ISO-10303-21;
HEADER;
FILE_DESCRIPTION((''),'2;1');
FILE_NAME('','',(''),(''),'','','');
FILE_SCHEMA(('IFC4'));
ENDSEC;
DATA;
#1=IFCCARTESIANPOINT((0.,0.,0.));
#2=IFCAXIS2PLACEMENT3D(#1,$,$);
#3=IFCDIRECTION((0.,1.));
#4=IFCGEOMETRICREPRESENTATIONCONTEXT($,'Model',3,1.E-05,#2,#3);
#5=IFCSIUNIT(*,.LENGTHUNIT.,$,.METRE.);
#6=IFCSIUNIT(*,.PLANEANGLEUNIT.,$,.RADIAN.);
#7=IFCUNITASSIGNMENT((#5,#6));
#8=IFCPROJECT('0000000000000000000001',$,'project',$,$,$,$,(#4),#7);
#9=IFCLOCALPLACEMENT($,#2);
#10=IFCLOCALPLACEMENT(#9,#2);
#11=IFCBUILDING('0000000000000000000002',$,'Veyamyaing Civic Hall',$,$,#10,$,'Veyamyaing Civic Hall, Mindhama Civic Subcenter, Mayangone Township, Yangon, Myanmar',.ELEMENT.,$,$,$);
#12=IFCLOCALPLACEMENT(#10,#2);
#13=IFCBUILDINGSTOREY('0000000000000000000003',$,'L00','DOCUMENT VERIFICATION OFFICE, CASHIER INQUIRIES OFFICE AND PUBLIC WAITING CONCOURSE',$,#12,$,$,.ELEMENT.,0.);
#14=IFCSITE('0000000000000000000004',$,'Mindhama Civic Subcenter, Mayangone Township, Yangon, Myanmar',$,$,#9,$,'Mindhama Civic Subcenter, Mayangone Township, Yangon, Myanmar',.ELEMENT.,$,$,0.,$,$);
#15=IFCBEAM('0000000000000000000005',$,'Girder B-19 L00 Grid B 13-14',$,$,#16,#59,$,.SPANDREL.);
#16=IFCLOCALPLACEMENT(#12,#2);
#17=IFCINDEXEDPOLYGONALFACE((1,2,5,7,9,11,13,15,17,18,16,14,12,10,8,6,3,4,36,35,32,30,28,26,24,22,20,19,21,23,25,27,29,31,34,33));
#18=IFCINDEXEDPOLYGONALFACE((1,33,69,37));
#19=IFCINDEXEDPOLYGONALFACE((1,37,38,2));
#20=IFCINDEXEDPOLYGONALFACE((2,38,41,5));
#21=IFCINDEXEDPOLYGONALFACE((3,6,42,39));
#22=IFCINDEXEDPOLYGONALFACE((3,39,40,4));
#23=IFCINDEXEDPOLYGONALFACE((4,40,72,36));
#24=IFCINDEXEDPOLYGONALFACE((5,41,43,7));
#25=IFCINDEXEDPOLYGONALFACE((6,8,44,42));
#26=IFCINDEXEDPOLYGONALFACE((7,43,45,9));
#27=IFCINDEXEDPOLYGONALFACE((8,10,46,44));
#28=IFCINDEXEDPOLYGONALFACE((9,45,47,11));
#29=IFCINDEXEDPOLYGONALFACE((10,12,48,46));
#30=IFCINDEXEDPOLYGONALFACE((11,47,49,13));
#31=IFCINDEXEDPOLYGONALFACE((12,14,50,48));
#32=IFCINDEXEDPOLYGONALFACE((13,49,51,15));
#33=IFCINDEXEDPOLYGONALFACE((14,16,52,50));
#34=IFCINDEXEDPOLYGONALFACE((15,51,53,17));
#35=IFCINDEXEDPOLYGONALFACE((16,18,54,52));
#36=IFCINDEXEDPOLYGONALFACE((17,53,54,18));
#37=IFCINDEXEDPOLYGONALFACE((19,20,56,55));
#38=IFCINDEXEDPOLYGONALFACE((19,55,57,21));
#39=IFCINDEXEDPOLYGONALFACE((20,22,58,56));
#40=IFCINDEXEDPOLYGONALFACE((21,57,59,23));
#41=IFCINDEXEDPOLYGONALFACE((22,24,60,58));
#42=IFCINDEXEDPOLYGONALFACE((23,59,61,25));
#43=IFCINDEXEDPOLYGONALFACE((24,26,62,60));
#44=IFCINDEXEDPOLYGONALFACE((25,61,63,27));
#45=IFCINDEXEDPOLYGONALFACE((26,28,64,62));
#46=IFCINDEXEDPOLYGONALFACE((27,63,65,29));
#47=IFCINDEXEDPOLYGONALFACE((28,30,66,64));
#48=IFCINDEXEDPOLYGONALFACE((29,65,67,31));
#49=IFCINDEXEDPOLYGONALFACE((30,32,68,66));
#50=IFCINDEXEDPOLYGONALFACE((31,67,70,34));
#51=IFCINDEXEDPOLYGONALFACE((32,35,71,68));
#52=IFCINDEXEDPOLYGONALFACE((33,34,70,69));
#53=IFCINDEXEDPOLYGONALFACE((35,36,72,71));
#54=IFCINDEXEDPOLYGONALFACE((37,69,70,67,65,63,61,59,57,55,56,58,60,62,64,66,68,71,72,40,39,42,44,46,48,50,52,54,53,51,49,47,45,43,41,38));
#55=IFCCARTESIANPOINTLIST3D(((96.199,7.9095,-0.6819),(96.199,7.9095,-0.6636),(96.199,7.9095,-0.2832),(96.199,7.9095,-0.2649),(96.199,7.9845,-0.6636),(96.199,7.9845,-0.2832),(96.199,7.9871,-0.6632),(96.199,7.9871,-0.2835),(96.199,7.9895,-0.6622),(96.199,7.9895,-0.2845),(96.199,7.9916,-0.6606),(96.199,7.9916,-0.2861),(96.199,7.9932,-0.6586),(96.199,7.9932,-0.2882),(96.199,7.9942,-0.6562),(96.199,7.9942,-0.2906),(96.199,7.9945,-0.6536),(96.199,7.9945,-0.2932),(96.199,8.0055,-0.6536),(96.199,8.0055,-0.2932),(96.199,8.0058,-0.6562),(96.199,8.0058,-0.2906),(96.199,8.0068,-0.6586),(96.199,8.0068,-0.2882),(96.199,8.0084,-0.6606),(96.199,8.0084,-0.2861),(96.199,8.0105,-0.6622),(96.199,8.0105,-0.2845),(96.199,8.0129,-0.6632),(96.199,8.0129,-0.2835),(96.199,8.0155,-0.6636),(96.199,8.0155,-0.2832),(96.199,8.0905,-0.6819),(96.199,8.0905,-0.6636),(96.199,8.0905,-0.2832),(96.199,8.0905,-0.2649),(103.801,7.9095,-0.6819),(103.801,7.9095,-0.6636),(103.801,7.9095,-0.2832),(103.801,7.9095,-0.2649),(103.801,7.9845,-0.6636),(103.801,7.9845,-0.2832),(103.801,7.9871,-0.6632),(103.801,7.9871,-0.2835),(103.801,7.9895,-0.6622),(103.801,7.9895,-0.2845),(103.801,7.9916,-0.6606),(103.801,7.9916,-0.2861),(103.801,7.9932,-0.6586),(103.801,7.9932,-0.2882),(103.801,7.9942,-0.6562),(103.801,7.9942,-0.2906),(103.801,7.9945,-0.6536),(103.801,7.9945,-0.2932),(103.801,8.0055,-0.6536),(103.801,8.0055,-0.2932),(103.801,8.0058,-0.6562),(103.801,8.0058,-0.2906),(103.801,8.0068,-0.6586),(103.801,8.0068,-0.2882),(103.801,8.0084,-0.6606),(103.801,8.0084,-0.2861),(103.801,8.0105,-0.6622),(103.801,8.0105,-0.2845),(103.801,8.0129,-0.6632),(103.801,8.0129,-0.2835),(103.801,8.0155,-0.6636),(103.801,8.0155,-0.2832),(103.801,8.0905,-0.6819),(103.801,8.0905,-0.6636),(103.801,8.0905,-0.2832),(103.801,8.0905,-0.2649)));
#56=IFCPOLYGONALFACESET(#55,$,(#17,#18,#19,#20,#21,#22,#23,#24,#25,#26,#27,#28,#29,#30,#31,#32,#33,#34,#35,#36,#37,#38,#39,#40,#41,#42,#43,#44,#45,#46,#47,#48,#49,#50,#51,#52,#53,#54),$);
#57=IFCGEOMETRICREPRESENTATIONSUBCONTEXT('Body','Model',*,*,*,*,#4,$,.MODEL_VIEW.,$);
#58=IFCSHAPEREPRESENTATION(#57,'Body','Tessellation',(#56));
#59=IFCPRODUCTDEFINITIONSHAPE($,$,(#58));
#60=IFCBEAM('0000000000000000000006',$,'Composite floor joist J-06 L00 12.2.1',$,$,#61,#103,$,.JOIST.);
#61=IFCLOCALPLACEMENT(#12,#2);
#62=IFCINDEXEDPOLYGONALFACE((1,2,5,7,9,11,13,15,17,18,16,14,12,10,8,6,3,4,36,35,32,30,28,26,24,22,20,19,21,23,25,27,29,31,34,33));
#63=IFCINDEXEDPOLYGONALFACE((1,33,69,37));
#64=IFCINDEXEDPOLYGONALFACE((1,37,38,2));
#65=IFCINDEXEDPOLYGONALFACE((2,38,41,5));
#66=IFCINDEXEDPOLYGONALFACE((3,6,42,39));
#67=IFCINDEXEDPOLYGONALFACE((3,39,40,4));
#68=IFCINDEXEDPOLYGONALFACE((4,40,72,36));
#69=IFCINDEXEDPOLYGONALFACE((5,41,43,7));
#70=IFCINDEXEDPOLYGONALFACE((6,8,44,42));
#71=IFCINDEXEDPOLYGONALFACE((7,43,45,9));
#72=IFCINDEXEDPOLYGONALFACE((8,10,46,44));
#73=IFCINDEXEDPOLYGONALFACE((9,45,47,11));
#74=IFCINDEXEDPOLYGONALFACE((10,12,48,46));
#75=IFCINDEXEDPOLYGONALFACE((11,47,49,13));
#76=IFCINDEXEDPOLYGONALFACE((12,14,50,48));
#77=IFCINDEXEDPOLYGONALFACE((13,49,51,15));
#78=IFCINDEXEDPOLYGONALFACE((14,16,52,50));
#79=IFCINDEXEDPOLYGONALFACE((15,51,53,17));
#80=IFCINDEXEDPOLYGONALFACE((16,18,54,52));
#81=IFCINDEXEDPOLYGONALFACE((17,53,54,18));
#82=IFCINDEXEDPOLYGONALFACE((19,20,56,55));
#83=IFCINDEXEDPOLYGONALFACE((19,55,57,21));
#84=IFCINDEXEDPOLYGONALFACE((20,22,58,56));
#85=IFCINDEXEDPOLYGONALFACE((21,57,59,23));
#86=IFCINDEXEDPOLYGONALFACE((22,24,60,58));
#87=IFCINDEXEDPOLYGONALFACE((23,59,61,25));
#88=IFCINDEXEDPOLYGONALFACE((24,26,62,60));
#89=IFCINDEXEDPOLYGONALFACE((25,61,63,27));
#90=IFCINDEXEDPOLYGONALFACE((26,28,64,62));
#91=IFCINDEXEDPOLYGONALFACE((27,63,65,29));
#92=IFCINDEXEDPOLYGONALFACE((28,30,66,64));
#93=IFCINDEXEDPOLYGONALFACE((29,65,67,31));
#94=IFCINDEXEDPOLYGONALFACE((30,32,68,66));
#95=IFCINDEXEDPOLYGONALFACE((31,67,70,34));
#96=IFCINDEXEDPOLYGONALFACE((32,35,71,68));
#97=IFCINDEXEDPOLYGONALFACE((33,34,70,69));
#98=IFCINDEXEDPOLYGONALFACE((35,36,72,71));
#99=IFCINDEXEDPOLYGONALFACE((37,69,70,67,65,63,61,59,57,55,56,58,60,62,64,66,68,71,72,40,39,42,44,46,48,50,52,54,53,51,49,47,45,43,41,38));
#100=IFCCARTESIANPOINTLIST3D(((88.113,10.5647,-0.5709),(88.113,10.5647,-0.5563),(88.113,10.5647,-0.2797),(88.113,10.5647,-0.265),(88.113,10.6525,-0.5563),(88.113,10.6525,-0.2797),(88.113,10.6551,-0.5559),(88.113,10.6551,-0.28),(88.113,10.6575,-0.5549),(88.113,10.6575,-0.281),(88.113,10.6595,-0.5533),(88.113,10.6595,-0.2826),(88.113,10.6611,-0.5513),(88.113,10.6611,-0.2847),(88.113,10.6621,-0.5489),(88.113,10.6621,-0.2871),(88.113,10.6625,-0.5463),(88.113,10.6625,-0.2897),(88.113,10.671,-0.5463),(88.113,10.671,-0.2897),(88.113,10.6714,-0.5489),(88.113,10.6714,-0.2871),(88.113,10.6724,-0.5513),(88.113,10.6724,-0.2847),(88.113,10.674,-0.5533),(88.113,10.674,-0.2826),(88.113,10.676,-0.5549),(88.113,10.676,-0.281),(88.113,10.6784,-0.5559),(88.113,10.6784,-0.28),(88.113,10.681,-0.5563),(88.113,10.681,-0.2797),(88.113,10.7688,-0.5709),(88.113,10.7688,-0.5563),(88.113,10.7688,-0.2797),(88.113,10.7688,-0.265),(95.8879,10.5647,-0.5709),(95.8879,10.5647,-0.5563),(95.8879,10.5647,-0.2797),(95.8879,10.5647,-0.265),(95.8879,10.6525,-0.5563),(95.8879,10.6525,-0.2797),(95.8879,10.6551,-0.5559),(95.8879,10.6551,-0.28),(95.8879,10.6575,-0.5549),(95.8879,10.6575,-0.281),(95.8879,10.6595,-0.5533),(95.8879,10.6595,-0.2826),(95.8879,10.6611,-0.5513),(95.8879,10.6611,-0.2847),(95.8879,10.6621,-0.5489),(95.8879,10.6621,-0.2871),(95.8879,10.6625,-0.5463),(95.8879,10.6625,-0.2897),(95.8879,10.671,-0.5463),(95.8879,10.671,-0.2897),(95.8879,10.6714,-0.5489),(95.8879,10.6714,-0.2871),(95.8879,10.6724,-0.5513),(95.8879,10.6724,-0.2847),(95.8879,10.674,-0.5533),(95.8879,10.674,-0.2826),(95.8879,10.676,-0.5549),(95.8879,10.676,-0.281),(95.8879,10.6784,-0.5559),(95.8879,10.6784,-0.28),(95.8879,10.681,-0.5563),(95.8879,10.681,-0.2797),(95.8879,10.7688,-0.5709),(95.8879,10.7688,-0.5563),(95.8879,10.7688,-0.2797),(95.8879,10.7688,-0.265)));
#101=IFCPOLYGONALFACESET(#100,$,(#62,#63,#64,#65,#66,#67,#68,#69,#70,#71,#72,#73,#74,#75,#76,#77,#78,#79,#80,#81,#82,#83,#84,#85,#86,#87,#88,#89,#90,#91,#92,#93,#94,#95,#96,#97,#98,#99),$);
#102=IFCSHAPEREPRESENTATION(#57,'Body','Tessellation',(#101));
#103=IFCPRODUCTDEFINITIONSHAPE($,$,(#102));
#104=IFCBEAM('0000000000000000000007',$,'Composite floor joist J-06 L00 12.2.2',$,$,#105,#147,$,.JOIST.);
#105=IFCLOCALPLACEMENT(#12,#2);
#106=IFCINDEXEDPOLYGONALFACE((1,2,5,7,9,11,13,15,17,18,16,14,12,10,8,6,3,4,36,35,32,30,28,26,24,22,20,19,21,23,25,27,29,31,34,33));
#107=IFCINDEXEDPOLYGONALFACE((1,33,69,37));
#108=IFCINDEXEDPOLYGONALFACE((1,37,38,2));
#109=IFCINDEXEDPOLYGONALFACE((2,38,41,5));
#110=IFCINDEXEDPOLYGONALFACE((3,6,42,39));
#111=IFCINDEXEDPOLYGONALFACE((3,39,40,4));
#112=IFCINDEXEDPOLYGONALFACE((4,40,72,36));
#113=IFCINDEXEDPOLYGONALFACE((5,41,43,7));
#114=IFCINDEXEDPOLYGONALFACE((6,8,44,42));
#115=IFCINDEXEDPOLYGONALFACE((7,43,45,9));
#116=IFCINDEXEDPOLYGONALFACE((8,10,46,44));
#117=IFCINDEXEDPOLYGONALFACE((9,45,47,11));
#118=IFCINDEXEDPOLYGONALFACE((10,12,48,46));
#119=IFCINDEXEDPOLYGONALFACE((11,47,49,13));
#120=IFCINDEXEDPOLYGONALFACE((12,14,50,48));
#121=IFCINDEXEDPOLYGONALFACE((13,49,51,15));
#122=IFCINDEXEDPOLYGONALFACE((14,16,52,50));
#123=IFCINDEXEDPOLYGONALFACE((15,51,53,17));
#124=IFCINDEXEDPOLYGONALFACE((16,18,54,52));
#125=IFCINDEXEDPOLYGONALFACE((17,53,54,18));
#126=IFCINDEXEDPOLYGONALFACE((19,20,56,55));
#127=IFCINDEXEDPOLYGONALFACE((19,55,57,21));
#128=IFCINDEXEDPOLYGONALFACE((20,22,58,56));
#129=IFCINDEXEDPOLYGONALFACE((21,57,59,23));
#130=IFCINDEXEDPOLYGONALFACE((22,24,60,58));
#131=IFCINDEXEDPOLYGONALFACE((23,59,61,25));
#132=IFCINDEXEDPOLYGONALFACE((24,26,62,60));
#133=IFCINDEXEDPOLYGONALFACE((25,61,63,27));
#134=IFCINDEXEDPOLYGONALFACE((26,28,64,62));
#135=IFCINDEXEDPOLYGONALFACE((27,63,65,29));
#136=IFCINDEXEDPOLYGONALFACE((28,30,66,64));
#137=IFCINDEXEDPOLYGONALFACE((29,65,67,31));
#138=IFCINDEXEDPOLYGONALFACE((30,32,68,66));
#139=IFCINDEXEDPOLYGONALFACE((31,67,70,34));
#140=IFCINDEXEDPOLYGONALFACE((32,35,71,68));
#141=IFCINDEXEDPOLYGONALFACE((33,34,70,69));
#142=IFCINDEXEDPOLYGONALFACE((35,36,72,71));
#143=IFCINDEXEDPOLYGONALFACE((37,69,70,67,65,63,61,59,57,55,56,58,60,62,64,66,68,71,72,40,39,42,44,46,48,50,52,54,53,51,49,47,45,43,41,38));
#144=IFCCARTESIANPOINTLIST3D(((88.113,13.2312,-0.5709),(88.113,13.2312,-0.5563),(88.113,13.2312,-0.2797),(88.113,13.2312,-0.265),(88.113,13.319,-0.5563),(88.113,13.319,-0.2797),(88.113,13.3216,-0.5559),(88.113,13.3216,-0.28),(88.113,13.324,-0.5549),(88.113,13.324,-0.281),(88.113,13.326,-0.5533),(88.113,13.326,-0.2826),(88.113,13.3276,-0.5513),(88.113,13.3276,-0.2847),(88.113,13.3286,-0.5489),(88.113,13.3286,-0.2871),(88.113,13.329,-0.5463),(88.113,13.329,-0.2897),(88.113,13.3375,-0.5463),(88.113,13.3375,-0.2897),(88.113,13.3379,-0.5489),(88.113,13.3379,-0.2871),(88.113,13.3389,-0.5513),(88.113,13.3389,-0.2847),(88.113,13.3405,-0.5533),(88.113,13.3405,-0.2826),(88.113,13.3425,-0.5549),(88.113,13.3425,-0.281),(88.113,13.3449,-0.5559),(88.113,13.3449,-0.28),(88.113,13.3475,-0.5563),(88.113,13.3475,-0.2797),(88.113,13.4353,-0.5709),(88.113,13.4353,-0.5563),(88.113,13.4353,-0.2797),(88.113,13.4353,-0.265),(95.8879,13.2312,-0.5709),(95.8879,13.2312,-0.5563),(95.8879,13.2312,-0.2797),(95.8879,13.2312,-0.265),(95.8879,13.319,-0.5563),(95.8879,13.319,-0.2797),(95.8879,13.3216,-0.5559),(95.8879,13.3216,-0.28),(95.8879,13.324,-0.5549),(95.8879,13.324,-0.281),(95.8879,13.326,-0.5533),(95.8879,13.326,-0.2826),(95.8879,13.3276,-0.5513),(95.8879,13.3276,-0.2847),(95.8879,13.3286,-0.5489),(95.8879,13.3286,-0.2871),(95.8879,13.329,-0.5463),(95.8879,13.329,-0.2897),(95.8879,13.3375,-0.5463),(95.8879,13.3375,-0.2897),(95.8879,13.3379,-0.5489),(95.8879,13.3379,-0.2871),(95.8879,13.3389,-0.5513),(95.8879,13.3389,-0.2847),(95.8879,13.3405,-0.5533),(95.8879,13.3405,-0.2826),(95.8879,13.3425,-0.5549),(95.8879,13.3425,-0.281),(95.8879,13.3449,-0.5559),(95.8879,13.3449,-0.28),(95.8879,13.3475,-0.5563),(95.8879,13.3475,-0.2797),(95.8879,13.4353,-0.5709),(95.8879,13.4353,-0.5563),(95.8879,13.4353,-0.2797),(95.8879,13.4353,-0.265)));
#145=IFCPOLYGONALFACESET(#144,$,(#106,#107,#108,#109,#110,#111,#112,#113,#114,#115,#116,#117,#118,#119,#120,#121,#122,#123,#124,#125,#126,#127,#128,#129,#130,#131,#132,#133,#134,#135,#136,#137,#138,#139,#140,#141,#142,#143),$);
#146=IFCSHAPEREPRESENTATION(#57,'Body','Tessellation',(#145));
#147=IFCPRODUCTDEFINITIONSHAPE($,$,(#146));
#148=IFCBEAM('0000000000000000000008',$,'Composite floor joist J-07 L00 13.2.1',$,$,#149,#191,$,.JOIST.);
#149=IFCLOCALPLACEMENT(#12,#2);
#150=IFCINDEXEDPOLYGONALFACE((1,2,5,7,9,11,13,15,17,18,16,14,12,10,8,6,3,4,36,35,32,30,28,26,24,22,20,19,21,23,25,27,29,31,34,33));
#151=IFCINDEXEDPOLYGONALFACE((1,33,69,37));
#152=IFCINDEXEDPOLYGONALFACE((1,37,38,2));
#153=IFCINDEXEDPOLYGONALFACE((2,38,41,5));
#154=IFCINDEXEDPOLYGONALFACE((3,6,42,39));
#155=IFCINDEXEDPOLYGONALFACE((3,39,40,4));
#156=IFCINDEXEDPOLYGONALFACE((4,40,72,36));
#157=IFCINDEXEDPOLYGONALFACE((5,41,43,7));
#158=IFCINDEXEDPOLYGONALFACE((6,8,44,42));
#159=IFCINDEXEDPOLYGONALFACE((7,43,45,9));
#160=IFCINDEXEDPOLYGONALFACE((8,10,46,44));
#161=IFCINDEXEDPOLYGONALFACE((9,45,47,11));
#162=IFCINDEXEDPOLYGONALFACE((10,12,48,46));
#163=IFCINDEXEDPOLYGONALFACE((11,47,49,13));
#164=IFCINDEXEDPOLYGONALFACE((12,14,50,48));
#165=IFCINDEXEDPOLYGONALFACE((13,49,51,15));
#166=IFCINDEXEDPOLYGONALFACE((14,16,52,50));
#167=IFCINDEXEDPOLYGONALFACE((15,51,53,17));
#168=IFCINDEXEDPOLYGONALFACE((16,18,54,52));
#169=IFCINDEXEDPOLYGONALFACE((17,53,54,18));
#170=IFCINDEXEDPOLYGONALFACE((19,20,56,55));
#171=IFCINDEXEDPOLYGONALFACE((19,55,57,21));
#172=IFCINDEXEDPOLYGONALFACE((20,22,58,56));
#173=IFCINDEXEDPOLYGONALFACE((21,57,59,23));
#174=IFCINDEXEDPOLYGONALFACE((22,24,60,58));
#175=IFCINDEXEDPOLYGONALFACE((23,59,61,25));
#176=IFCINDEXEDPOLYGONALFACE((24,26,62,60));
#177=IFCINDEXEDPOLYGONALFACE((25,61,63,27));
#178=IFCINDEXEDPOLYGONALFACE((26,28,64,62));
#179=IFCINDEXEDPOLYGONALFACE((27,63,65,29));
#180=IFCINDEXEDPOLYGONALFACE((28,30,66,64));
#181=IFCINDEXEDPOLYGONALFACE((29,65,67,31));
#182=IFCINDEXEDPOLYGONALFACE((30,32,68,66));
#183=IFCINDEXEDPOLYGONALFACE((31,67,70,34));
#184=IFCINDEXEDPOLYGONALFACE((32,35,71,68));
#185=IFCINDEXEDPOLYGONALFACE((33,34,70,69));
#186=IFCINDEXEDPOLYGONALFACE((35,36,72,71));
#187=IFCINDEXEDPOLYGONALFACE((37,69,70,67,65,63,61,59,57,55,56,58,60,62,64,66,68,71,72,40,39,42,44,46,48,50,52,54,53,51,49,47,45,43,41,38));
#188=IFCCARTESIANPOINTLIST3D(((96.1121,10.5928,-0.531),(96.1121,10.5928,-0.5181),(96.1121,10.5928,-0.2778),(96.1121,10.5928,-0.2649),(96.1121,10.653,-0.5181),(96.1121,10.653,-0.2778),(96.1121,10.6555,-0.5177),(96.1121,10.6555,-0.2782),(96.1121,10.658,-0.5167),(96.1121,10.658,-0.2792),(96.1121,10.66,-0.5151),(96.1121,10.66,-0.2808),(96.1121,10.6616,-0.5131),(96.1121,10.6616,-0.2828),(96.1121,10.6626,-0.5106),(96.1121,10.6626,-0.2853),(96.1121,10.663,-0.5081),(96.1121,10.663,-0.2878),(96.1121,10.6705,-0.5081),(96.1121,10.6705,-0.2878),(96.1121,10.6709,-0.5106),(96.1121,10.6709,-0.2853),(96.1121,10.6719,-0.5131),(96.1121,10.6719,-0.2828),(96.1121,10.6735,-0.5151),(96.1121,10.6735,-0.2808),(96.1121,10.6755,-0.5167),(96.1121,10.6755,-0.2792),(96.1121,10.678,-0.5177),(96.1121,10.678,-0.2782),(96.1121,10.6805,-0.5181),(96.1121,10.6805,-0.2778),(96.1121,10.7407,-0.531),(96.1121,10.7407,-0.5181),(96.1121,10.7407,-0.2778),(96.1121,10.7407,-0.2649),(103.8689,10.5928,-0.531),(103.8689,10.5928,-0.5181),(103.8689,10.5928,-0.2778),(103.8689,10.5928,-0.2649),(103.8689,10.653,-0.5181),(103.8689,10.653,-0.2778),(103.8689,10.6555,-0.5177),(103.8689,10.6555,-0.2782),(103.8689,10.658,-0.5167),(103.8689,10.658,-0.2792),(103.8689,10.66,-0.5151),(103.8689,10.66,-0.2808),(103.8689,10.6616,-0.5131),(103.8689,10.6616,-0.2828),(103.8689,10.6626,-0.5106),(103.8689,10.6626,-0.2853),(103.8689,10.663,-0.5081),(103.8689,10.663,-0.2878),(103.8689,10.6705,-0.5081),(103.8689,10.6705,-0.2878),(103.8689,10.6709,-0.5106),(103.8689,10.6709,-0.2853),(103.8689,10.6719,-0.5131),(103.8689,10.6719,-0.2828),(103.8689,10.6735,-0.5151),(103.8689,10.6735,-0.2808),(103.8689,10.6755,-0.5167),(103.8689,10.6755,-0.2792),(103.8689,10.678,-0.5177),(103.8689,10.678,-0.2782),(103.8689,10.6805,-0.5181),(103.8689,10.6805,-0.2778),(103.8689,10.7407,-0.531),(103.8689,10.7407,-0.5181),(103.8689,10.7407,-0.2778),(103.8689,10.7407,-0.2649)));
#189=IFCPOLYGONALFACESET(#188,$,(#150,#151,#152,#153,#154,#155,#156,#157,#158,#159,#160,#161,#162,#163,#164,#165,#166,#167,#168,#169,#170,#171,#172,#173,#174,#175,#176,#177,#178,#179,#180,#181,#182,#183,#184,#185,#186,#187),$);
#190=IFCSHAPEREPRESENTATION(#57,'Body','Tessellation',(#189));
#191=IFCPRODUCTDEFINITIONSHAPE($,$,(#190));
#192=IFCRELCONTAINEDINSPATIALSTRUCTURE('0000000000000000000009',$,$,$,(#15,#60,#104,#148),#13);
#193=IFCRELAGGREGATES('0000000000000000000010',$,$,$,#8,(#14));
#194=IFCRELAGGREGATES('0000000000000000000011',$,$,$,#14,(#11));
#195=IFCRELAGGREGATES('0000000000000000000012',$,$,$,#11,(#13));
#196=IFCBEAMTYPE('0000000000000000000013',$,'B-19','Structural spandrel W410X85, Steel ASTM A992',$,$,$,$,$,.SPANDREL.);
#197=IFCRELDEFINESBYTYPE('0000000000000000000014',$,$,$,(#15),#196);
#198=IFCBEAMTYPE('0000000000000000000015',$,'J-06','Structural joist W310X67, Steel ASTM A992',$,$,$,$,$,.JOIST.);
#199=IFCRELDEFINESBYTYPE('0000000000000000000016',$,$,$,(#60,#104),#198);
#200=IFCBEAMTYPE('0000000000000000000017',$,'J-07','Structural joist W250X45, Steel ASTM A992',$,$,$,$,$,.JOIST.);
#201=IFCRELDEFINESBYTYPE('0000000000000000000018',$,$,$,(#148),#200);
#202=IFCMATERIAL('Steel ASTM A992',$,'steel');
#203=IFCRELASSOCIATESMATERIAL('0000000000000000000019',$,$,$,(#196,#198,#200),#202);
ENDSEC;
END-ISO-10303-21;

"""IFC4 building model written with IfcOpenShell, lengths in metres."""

from ifc_helpers import new_model, si_unit, direction, frame, origin, origin_2d, place, context, subcontext, project, spatial, i_section, extrude, material, material_profile, profile_set, type_object, element, save


model = new_model("IFC4")

# Units and contexts
model_context = context("Model", 3, precision=1e-05, world=origin(), true_north=direction((0.0, 1.0)))
body_context = subcontext(model_context, "Body", "Model", "MODEL_VIEW")
ifc_project = project(units=[si_unit("LENGTHUNIT", "METRE"), si_unit("PLANEANGLEUNIT", "RADIAN")], contexts=[model_context])

# Site, building, storey
site_placement = place(None, origin())
site = spatial("IfcSite", under=ifc_project, at=site_placement, Name="Mindhama Civic Subcenter, Mayangone Township, Yangon, Myanmar", LongName="Mindhama Civic Subcenter, Mayangone Township, Yangon, Myanmar", CompositionType="ELEMENT", RefElevation=0.0)
building_placement = place(site_placement, origin())
building = spatial("IfcBuilding", under=site, at=building_placement, Name="Veyamyaing Civic Hall", LongName="Veyamyaing Civic Hall, Mindhama Civic Subcenter, Mayangone Township, Yangon, Myanmar", CompositionType="ELEMENT")
storey_placement = place(building_placement, origin())
storey = spatial("IfcBuildingStorey", under=building, at=storey_placement, Name="L00", Description="DOCUMENT VERIFICATION OFFICE, CASHIER INQUIRIES OFFICE AND PUBLIC WAITING CONCOURSE", CompositionType="ELEMENT", Elevation=0.0)

# Beams
ifc_material_1 = material(Name="Steel ASTM A992", Category="steel")
ifc_material_profile_1 = material_profile(ifc_material_1, i_section(OverallWidth=0.1809, OverallDepth=0.417, WebThickness=0.011, FlangeThickness=0.0183, FilletRadius=0.01, at=origin_2d()), Name="W410X85")
ifc_profile_set_1 = profile_set([ifc_material_profile_1], Name="Steel ASTM A992")
beam_type_1 = type_object("IfcBeamType", Name="B-19", Description="Structural spandrel W410X85, Steel ASTM A992", PredefinedType="SPANDREL", material=ifc_profile_set_1)
beam_1_placement = place(storey_placement, frame((96.199, 8.0, -0.4734), z_axis=(1.0, 0.0, 0.0), x_axis=(0.0, 1.0, 0.0)))
element("IfcBeam", 1, at=beam_1_placement, inside=storey, type_object=beam_type_1, Name="Girder B-19 L00 Grid B 13-14", PredefinedType="SPANDREL", context=body_context, shape_type="SweptSolid", body=[
    extrude(i_section(OverallWidth=0.1809, OverallDepth=0.417, WebThickness=0.011, FlangeThickness=0.0183, FilletRadius=0.01, at=origin_2d()), origin(), (0.0, 0.0, 1.0), 7.6021),
])
ifc_material_profile_2 = material_profile(ifc_material_1, i_section(OverallWidth=0.2041, OverallDepth=0.3059, WebThickness=0.0085, FlangeThickness=0.0146, FilletRadius=0.01, at=origin_2d()), Name="W310X67")
ifc_profile_set_2 = profile_set([ifc_material_profile_2], Name="Steel ASTM A992")
beam_type_2 = type_object("IfcBeamType", Name="J-06", Description="Structural joist W310X67, Steel ASTM A992", PredefinedType="JOIST", material=ifc_profile_set_2)
for number, where, z_axis, x_axis, name in (
    (2, (88.113, 10.6667, -0.418), (1.0, 0.0, 0.0), (0.0, 1.0, 0.0), "Composite floor joist J-06 L00 12.2.1"),
    (3, (88.113, 13.3333, -0.418), (1.0, 0.0, 0.0), (0.0, 1.0, 0.0), "Composite floor joist J-06 L00 12.2.2"),
):
    element("IfcBeam", number, at=place(storey_placement, frame(where, z_axis=z_axis, x_axis=x_axis)), inside=storey, type_object=beam_type_2, Name=name, PredefinedType="JOIST", context=body_context, shape_type="SweptSolid", body=[
        extrude(i_section(OverallWidth=0.2041, OverallDepth=0.3059, WebThickness=0.0085, FlangeThickness=0.0146, FilletRadius=0.01, at=origin_2d()), origin(), (0.0, 0.0, 1.0), 7.7749),
    ])
ifc_material_profile_3 = material_profile(ifc_material_1, i_section(OverallWidth=0.1479, OverallDepth=0.2661, WebThickness=0.0076, FlangeThickness=0.0129, FilletRadius=0.01, at=origin_2d()), Name="W250X45")
ifc_profile_set_3 = profile_set([ifc_material_profile_3], Name="Steel ASTM A992")
beam_type_3 = type_object("IfcBeamType", Name="J-07", Description="Structural joist W250X45, Steel ASTM A992", PredefinedType="JOIST", material=ifc_profile_set_3)
for number, where, z_axis, x_axis, name in (
    (4, (96.1121, 10.6667, -0.3979), (1.0, 0.0, 0.0), (0.0, 1.0, 0.0), "Composite floor joist J-07 L00 13.2.1"),
):
    element("IfcBeam", number, at=place(storey_placement, frame(where, z_axis=z_axis, x_axis=x_axis)), inside=storey, type_object=beam_type_3, Name=name, PredefinedType="JOIST", context=body_context, shape_type="SweptSolid", body=[
        extrude(i_section(OverallWidth=0.1479, OverallDepth=0.2661, WebThickness=0.0076, FlangeThickness=0.0129, FilletRadius=0.01, at=origin_2d()), origin(), (0.0, 0.0, 1.0), 7.7568),
    ])

save(model, "model.ifc")
